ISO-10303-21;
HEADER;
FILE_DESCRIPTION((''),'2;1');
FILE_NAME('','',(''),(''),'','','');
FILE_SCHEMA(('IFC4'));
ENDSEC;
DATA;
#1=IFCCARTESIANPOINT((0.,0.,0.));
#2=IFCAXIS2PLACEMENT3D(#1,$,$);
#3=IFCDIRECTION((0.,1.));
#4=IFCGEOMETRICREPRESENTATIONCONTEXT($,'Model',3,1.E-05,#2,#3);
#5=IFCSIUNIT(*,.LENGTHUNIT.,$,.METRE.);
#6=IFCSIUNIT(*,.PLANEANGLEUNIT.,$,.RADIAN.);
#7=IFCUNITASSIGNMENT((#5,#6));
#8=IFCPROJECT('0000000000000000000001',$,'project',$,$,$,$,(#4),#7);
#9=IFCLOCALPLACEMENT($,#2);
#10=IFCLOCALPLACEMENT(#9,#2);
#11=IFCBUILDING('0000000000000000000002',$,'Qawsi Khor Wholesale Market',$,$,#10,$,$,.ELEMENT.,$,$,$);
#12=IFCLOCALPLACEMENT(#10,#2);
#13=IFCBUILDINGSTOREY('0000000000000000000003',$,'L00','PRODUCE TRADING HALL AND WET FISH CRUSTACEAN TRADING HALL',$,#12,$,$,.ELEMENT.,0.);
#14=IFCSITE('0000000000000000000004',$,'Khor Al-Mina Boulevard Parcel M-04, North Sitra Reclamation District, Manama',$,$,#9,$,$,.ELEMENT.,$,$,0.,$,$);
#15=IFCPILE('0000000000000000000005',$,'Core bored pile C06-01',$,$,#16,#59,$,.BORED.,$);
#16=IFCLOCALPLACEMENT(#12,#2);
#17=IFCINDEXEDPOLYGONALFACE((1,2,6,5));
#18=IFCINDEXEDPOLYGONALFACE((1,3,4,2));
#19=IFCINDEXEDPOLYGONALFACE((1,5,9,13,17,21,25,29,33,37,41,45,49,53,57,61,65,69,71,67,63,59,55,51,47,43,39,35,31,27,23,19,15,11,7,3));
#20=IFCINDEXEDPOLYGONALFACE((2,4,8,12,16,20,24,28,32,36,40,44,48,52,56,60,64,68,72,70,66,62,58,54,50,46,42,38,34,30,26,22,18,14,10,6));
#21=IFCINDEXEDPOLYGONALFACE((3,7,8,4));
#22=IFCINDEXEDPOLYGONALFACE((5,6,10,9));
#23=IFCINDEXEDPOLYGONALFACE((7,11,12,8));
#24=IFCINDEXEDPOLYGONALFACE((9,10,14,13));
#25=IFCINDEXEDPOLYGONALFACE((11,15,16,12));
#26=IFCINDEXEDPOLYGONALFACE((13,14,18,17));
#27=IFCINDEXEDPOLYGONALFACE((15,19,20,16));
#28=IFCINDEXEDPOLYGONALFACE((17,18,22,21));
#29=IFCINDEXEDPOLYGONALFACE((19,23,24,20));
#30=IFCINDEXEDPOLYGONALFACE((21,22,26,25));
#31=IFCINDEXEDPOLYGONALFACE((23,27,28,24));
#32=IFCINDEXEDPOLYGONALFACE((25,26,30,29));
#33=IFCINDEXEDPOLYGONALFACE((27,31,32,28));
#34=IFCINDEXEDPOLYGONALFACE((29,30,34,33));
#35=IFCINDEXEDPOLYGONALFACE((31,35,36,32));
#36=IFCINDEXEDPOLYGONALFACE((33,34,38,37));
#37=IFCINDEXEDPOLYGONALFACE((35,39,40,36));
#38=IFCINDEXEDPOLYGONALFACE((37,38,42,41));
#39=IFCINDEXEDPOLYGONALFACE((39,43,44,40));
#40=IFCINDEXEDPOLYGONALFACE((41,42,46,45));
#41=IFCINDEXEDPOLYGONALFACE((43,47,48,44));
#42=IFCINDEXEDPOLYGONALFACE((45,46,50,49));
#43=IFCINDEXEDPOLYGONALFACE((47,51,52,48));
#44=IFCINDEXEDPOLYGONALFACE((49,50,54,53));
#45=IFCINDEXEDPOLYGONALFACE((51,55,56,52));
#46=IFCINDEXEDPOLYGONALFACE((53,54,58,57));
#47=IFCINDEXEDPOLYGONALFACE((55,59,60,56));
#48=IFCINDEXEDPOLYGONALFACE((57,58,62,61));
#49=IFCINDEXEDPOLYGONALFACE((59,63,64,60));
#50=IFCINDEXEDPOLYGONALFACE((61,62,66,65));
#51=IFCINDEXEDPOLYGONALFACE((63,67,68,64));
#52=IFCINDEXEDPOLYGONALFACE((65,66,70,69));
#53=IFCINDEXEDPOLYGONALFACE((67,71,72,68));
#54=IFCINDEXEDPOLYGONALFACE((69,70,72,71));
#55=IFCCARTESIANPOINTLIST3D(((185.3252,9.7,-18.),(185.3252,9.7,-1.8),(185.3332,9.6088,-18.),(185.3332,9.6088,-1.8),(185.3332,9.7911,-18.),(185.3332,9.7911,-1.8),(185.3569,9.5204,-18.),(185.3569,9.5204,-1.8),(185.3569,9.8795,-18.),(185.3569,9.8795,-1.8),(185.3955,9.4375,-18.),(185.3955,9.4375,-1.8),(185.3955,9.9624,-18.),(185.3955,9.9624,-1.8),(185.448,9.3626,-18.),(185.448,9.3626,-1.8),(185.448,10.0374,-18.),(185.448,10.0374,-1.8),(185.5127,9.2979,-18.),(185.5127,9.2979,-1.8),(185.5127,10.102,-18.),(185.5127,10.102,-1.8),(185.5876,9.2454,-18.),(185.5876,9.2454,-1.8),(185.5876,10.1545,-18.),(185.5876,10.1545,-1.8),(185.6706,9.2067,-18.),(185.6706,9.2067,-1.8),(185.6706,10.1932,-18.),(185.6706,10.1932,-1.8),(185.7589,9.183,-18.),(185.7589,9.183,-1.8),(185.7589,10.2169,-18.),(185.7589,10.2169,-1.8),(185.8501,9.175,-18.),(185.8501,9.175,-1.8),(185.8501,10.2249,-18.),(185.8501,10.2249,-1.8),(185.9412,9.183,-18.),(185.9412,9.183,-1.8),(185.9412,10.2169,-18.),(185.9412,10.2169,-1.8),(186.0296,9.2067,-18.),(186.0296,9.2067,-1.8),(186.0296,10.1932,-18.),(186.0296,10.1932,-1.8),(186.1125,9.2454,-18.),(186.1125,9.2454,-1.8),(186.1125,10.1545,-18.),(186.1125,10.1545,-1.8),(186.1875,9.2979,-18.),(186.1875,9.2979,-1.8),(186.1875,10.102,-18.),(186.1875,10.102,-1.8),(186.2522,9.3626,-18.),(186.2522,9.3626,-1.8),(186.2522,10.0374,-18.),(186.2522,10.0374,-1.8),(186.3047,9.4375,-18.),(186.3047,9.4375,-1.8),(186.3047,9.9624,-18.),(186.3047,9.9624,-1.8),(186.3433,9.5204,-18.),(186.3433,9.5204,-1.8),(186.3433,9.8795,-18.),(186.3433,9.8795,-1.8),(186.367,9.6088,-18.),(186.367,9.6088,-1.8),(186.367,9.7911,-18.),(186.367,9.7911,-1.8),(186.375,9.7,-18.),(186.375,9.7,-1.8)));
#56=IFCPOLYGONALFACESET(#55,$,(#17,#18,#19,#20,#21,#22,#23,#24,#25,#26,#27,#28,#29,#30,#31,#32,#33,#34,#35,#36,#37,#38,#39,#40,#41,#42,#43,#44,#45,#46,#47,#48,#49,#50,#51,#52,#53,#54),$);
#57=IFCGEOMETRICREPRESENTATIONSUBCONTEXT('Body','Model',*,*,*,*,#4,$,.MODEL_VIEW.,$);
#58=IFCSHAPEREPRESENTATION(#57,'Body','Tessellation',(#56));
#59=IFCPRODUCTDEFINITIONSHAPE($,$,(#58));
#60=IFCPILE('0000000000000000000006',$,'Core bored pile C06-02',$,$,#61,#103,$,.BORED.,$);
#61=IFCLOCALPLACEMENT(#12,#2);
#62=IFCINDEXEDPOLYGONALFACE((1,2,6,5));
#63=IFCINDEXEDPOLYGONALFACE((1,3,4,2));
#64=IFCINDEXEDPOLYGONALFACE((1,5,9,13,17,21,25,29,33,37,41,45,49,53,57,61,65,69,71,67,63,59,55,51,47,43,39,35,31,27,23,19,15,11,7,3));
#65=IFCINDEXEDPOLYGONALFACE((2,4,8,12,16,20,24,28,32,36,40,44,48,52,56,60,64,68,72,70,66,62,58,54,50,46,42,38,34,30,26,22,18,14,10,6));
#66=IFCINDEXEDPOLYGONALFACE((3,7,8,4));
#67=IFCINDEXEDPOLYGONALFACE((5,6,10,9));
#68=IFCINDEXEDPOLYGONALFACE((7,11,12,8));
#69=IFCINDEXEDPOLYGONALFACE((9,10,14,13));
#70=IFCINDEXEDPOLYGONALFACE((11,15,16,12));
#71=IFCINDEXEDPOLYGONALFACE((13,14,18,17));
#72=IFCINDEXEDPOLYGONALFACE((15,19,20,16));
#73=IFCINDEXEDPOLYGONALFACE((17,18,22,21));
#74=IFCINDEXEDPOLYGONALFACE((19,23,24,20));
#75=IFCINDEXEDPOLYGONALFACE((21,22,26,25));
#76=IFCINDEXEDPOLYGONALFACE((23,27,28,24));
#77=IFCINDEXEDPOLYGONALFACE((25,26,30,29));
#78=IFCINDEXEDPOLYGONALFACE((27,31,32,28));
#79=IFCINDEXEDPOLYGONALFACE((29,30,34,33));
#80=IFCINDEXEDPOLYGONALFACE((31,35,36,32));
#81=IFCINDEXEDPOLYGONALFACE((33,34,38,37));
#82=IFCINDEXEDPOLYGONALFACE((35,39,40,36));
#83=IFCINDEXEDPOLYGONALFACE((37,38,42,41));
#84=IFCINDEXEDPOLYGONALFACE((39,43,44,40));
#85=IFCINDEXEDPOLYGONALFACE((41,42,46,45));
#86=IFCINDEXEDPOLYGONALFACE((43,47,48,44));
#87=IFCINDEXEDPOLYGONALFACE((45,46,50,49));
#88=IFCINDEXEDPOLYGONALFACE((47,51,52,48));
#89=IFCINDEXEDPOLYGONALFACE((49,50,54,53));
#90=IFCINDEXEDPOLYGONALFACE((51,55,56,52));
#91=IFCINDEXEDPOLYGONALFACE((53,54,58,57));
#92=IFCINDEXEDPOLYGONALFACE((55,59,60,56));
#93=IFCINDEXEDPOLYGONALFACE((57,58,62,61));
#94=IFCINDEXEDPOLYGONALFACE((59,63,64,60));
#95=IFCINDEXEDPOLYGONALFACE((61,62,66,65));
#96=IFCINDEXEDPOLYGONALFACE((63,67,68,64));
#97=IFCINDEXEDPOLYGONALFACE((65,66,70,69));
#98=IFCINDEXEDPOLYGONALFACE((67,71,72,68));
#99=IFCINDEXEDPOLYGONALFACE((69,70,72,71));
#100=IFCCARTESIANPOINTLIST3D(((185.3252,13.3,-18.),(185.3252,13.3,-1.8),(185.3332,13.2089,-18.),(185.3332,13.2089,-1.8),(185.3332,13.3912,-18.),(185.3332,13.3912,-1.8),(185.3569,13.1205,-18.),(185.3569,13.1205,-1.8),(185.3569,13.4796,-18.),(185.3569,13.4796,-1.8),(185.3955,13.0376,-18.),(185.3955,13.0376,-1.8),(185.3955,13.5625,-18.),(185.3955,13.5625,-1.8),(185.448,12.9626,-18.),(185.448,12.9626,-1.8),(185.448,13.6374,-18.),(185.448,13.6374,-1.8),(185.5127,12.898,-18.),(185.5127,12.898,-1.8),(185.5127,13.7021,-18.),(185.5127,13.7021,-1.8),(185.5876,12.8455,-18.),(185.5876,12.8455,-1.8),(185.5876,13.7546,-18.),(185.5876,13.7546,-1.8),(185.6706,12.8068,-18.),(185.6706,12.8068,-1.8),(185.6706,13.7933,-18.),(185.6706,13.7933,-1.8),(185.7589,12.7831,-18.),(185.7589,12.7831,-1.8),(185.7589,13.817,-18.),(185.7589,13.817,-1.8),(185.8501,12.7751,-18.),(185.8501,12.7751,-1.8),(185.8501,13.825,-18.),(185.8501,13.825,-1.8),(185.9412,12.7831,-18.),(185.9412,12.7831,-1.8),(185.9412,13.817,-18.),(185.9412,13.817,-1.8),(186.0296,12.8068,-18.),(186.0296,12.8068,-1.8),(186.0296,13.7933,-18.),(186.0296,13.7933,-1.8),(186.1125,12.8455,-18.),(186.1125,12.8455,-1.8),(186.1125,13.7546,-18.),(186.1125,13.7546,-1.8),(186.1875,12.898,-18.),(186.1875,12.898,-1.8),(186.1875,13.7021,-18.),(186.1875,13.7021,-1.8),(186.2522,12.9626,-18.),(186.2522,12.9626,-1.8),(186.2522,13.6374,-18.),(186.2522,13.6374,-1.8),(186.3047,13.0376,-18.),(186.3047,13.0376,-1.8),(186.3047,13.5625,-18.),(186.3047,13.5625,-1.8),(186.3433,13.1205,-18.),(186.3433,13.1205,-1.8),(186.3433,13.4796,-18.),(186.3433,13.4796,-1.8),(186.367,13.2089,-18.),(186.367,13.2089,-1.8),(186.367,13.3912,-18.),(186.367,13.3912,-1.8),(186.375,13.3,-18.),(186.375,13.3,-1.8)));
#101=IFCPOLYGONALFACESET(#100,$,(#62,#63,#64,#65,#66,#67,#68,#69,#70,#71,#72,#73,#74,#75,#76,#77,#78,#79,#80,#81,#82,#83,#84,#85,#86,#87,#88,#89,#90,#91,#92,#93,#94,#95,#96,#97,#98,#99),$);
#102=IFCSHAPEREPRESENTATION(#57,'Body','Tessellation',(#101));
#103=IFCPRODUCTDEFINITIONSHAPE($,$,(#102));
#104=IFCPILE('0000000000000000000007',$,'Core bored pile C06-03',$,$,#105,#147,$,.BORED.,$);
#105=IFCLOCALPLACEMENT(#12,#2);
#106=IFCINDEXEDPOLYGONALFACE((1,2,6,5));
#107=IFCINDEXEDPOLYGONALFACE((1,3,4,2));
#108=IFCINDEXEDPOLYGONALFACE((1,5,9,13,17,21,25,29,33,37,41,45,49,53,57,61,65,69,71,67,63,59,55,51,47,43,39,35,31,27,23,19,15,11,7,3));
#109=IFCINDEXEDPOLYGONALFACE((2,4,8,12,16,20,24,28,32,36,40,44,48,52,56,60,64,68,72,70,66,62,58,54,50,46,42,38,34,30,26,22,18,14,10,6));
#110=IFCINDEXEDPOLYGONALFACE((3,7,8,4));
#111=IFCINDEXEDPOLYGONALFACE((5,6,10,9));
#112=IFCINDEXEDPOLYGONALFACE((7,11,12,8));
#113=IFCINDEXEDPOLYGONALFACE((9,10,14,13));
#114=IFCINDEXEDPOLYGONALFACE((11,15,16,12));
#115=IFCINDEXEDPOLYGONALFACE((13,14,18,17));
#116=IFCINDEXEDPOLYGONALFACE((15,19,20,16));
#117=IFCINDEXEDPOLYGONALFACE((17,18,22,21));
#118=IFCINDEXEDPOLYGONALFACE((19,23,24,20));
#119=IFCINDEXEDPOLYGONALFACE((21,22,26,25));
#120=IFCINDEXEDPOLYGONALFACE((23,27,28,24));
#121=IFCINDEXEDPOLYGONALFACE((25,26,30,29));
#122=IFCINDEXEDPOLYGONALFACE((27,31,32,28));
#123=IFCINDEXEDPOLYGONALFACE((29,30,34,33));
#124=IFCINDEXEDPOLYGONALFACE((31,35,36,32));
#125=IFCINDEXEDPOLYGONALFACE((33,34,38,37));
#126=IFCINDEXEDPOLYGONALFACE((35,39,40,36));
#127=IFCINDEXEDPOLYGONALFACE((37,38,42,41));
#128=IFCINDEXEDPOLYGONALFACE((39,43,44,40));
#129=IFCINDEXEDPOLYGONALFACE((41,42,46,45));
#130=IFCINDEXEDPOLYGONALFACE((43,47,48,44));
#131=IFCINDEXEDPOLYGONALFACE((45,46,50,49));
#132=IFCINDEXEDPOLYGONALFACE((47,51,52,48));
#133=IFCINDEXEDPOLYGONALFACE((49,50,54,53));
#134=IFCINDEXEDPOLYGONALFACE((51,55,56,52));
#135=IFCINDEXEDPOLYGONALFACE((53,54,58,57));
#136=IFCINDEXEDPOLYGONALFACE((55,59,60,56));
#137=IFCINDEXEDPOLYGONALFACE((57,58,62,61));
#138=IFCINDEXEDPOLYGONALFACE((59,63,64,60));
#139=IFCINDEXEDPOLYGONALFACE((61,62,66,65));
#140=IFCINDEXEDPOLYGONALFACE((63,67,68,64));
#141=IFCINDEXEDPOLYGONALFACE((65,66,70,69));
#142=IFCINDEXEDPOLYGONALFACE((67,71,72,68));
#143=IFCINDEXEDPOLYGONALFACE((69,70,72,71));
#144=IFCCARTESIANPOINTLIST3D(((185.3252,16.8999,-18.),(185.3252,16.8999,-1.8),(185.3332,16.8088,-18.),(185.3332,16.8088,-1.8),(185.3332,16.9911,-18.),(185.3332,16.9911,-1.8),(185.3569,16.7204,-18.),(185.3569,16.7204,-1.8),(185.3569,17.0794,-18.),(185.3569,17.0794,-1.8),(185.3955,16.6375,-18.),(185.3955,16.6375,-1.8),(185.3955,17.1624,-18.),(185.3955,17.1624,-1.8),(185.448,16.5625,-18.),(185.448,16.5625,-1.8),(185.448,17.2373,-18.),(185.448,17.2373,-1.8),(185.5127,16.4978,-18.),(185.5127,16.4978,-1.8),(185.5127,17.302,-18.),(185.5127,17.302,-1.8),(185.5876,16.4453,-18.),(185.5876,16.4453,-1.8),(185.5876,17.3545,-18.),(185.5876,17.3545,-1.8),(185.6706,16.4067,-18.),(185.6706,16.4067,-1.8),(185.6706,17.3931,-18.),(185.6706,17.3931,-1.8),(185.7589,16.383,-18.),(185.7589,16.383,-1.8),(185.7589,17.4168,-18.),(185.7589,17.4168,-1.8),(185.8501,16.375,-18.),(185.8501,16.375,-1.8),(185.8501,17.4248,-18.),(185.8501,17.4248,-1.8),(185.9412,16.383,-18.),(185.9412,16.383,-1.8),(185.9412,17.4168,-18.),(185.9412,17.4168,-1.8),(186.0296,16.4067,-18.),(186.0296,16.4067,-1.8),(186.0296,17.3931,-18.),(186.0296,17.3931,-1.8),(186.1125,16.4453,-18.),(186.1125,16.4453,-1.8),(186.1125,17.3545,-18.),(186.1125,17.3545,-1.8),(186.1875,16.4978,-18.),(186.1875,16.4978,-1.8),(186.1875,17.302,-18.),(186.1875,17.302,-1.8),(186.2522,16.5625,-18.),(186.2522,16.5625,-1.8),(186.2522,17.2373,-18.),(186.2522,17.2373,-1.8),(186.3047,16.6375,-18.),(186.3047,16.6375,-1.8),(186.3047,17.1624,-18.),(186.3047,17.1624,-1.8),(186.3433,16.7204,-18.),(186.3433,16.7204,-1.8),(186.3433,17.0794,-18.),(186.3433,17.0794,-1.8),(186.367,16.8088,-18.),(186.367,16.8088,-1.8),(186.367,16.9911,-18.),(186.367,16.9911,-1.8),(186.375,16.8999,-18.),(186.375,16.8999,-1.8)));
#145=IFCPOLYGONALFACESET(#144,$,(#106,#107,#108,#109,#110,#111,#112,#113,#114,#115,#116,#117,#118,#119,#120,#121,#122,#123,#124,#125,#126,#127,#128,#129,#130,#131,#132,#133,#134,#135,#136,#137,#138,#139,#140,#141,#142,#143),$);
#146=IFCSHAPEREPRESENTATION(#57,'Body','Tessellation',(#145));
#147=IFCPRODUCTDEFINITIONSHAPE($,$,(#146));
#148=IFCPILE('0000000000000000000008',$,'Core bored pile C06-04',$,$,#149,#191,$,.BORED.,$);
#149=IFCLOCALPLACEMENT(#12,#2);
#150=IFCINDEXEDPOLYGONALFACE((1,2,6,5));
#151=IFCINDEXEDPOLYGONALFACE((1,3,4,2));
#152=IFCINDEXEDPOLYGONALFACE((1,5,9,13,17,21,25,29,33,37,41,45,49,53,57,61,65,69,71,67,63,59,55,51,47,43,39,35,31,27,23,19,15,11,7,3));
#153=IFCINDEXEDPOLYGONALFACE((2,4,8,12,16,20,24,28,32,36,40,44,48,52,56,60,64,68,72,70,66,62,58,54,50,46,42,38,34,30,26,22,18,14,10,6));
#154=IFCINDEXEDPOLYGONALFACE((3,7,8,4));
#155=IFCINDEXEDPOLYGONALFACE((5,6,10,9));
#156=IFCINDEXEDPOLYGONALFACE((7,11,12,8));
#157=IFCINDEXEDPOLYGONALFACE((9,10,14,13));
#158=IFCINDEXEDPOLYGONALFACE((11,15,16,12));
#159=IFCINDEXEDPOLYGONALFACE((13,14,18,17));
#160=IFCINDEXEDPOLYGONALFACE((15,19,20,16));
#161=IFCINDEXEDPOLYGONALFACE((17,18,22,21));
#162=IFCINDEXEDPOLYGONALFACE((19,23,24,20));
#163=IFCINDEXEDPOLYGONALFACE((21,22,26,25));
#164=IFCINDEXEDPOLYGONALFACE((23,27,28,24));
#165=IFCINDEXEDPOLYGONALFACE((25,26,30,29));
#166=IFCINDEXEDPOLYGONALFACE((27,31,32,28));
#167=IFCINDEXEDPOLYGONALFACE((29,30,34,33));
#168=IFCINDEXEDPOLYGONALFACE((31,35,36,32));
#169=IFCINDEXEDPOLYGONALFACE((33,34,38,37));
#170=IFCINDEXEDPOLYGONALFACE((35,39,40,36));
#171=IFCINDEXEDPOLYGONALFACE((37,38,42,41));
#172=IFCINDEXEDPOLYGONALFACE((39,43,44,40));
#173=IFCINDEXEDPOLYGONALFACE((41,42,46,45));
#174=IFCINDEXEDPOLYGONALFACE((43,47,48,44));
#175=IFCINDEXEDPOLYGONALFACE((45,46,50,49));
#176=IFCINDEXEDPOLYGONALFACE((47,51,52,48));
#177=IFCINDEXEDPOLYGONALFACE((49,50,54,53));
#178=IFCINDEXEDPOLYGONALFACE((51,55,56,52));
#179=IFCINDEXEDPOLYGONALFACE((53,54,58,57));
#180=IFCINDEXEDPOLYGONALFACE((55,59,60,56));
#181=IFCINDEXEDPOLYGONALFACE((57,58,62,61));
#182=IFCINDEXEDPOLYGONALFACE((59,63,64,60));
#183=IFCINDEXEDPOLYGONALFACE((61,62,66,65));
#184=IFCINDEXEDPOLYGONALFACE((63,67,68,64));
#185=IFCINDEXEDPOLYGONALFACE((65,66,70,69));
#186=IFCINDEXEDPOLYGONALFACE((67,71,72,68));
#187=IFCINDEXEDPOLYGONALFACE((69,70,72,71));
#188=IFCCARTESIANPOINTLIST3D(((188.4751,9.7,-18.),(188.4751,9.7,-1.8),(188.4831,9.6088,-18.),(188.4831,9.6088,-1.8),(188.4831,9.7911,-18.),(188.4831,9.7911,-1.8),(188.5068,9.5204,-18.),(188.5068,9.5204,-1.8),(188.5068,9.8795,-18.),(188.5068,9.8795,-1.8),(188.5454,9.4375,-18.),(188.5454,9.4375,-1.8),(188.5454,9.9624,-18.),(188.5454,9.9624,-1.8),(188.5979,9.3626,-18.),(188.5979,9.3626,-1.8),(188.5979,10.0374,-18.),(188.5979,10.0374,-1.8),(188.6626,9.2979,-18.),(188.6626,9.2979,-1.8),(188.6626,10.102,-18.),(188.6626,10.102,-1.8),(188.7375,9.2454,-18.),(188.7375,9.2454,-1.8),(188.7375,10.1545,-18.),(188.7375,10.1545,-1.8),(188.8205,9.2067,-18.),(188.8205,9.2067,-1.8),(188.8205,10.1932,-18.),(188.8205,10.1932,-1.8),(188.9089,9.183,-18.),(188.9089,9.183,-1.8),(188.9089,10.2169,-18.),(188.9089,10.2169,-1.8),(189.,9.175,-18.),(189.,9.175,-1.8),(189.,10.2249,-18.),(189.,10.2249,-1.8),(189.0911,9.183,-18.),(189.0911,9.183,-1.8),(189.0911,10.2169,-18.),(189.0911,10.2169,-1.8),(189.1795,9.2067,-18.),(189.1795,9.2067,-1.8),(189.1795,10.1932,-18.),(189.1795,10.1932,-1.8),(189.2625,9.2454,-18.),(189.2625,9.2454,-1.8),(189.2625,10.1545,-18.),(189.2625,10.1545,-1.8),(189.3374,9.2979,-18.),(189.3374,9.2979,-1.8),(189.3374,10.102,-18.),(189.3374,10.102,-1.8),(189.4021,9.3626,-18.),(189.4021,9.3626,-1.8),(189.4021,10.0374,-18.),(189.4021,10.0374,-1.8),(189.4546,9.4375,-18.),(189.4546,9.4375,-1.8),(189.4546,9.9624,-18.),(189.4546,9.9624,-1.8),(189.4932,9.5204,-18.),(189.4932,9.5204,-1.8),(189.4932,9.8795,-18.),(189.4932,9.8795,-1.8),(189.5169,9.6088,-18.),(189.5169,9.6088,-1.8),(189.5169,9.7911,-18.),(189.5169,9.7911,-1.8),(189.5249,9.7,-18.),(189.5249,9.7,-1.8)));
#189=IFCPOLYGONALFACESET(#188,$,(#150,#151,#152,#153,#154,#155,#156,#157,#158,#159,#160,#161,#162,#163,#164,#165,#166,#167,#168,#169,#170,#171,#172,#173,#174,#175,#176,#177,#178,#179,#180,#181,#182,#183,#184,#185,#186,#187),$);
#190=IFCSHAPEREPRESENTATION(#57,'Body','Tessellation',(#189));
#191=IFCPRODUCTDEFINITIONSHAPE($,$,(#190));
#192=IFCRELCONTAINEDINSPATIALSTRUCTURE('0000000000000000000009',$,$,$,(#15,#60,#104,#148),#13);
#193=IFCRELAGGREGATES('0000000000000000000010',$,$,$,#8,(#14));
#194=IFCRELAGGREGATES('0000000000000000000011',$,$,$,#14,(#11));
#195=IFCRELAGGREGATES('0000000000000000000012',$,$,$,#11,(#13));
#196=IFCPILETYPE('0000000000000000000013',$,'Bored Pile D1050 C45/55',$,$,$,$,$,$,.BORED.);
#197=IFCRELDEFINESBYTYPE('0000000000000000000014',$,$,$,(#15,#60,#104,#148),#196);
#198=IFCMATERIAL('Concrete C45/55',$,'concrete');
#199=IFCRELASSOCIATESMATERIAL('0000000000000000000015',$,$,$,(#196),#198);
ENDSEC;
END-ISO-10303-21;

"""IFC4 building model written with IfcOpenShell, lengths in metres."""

from ifc_helpers import new_model, si_unit, direction, frame, origin, origin_2d, place, context, subcontext, project, spatial, circle, extrude, material, material_profile, profile_set, type_object, element, save


model = new_model("IFC4")

# Units and contexts
model_context = context("Model", 3, precision=1e-05, world=origin(), true_north=direction((0.0, 1.0)))
body_context = subcontext(model_context, "Body", "Model", "MODEL_VIEW")
ifc_project = project(units=[si_unit("LENGTHUNIT", "METRE"), si_unit("PLANEANGLEUNIT", "RADIAN")], contexts=[model_context])

# Site, building, storey
site_placement = place(None, origin())
site = spatial("IfcSite", under=ifc_project, at=site_placement, Name="Khor Al-Mina Boulevard Parcel M-04, North Sitra Reclamation District, Manama", CompositionType="ELEMENT", RefElevation=0.0)
building_placement = place(site_placement, origin())
building = spatial("IfcBuilding", under=site, at=building_placement, Name="Qawsi Khor Wholesale Market", CompositionType="ELEMENT")
storey_placement = place(building_placement, origin())
storey = spatial("IfcBuildingStorey", under=building, at=storey_placement, Name="L00", Description="PRODUCE TRADING HALL AND WET FISH CRUSTACEAN TRADING HALL", CompositionType="ELEMENT", Elevation=0.0)

# Piles
ifc_material_1 = material(Name="Concrete C45/55", Category="concrete")
ifc_material_profile_1 = material_profile(ifc_material_1, circle(Radius=0.5249, at=origin_2d()), Name="PILE D1050")
ifc_profile_set_1 = profile_set([ifc_material_profile_1], Name="Concrete C45/55")
pile_type_1 = type_object("IfcPileType", Name="Bored Pile D1050 C45/55", PredefinedType="BORED", material=ifc_profile_set_1)
for number, where, z_axis, x_axis, name in (
    (1, (185.8501, 9.7, -1.8), (0.0, 0.0, -1.0), (1.0, 0.0, 0.0), "Core bored pile C06-01"),
    (2, (185.8501, 13.3, -1.8), (0.0, 0.0, -1.0), (1.0, 0.0, 0.0), "Core bored pile C06-02"),
    (3, (185.8501, 16.8999, -1.8), (0.0, 0.0, -1.0), (1.0, 0.0, 0.0), "Core bored pile C06-03"),
    (4, (189.0, 9.7, -1.8), (0.0, 0.0, -1.0), (1.0, 0.0, 0.0), "Core bored pile C06-04"),
):
    element("IfcPile", number, at=place(storey_placement, frame(where, z_axis=z_axis, x_axis=x_axis)), inside=storey, type_object=pile_type_1, Name=name, PredefinedType="BORED", context=body_context, shape_type="SweptSolid", body=[
        extrude(circle(Radius=0.5249, at=origin_2d()), origin(), (0.0, 0.0, 1.0), 16.2),
    ])

save(model, "model.ifc")
